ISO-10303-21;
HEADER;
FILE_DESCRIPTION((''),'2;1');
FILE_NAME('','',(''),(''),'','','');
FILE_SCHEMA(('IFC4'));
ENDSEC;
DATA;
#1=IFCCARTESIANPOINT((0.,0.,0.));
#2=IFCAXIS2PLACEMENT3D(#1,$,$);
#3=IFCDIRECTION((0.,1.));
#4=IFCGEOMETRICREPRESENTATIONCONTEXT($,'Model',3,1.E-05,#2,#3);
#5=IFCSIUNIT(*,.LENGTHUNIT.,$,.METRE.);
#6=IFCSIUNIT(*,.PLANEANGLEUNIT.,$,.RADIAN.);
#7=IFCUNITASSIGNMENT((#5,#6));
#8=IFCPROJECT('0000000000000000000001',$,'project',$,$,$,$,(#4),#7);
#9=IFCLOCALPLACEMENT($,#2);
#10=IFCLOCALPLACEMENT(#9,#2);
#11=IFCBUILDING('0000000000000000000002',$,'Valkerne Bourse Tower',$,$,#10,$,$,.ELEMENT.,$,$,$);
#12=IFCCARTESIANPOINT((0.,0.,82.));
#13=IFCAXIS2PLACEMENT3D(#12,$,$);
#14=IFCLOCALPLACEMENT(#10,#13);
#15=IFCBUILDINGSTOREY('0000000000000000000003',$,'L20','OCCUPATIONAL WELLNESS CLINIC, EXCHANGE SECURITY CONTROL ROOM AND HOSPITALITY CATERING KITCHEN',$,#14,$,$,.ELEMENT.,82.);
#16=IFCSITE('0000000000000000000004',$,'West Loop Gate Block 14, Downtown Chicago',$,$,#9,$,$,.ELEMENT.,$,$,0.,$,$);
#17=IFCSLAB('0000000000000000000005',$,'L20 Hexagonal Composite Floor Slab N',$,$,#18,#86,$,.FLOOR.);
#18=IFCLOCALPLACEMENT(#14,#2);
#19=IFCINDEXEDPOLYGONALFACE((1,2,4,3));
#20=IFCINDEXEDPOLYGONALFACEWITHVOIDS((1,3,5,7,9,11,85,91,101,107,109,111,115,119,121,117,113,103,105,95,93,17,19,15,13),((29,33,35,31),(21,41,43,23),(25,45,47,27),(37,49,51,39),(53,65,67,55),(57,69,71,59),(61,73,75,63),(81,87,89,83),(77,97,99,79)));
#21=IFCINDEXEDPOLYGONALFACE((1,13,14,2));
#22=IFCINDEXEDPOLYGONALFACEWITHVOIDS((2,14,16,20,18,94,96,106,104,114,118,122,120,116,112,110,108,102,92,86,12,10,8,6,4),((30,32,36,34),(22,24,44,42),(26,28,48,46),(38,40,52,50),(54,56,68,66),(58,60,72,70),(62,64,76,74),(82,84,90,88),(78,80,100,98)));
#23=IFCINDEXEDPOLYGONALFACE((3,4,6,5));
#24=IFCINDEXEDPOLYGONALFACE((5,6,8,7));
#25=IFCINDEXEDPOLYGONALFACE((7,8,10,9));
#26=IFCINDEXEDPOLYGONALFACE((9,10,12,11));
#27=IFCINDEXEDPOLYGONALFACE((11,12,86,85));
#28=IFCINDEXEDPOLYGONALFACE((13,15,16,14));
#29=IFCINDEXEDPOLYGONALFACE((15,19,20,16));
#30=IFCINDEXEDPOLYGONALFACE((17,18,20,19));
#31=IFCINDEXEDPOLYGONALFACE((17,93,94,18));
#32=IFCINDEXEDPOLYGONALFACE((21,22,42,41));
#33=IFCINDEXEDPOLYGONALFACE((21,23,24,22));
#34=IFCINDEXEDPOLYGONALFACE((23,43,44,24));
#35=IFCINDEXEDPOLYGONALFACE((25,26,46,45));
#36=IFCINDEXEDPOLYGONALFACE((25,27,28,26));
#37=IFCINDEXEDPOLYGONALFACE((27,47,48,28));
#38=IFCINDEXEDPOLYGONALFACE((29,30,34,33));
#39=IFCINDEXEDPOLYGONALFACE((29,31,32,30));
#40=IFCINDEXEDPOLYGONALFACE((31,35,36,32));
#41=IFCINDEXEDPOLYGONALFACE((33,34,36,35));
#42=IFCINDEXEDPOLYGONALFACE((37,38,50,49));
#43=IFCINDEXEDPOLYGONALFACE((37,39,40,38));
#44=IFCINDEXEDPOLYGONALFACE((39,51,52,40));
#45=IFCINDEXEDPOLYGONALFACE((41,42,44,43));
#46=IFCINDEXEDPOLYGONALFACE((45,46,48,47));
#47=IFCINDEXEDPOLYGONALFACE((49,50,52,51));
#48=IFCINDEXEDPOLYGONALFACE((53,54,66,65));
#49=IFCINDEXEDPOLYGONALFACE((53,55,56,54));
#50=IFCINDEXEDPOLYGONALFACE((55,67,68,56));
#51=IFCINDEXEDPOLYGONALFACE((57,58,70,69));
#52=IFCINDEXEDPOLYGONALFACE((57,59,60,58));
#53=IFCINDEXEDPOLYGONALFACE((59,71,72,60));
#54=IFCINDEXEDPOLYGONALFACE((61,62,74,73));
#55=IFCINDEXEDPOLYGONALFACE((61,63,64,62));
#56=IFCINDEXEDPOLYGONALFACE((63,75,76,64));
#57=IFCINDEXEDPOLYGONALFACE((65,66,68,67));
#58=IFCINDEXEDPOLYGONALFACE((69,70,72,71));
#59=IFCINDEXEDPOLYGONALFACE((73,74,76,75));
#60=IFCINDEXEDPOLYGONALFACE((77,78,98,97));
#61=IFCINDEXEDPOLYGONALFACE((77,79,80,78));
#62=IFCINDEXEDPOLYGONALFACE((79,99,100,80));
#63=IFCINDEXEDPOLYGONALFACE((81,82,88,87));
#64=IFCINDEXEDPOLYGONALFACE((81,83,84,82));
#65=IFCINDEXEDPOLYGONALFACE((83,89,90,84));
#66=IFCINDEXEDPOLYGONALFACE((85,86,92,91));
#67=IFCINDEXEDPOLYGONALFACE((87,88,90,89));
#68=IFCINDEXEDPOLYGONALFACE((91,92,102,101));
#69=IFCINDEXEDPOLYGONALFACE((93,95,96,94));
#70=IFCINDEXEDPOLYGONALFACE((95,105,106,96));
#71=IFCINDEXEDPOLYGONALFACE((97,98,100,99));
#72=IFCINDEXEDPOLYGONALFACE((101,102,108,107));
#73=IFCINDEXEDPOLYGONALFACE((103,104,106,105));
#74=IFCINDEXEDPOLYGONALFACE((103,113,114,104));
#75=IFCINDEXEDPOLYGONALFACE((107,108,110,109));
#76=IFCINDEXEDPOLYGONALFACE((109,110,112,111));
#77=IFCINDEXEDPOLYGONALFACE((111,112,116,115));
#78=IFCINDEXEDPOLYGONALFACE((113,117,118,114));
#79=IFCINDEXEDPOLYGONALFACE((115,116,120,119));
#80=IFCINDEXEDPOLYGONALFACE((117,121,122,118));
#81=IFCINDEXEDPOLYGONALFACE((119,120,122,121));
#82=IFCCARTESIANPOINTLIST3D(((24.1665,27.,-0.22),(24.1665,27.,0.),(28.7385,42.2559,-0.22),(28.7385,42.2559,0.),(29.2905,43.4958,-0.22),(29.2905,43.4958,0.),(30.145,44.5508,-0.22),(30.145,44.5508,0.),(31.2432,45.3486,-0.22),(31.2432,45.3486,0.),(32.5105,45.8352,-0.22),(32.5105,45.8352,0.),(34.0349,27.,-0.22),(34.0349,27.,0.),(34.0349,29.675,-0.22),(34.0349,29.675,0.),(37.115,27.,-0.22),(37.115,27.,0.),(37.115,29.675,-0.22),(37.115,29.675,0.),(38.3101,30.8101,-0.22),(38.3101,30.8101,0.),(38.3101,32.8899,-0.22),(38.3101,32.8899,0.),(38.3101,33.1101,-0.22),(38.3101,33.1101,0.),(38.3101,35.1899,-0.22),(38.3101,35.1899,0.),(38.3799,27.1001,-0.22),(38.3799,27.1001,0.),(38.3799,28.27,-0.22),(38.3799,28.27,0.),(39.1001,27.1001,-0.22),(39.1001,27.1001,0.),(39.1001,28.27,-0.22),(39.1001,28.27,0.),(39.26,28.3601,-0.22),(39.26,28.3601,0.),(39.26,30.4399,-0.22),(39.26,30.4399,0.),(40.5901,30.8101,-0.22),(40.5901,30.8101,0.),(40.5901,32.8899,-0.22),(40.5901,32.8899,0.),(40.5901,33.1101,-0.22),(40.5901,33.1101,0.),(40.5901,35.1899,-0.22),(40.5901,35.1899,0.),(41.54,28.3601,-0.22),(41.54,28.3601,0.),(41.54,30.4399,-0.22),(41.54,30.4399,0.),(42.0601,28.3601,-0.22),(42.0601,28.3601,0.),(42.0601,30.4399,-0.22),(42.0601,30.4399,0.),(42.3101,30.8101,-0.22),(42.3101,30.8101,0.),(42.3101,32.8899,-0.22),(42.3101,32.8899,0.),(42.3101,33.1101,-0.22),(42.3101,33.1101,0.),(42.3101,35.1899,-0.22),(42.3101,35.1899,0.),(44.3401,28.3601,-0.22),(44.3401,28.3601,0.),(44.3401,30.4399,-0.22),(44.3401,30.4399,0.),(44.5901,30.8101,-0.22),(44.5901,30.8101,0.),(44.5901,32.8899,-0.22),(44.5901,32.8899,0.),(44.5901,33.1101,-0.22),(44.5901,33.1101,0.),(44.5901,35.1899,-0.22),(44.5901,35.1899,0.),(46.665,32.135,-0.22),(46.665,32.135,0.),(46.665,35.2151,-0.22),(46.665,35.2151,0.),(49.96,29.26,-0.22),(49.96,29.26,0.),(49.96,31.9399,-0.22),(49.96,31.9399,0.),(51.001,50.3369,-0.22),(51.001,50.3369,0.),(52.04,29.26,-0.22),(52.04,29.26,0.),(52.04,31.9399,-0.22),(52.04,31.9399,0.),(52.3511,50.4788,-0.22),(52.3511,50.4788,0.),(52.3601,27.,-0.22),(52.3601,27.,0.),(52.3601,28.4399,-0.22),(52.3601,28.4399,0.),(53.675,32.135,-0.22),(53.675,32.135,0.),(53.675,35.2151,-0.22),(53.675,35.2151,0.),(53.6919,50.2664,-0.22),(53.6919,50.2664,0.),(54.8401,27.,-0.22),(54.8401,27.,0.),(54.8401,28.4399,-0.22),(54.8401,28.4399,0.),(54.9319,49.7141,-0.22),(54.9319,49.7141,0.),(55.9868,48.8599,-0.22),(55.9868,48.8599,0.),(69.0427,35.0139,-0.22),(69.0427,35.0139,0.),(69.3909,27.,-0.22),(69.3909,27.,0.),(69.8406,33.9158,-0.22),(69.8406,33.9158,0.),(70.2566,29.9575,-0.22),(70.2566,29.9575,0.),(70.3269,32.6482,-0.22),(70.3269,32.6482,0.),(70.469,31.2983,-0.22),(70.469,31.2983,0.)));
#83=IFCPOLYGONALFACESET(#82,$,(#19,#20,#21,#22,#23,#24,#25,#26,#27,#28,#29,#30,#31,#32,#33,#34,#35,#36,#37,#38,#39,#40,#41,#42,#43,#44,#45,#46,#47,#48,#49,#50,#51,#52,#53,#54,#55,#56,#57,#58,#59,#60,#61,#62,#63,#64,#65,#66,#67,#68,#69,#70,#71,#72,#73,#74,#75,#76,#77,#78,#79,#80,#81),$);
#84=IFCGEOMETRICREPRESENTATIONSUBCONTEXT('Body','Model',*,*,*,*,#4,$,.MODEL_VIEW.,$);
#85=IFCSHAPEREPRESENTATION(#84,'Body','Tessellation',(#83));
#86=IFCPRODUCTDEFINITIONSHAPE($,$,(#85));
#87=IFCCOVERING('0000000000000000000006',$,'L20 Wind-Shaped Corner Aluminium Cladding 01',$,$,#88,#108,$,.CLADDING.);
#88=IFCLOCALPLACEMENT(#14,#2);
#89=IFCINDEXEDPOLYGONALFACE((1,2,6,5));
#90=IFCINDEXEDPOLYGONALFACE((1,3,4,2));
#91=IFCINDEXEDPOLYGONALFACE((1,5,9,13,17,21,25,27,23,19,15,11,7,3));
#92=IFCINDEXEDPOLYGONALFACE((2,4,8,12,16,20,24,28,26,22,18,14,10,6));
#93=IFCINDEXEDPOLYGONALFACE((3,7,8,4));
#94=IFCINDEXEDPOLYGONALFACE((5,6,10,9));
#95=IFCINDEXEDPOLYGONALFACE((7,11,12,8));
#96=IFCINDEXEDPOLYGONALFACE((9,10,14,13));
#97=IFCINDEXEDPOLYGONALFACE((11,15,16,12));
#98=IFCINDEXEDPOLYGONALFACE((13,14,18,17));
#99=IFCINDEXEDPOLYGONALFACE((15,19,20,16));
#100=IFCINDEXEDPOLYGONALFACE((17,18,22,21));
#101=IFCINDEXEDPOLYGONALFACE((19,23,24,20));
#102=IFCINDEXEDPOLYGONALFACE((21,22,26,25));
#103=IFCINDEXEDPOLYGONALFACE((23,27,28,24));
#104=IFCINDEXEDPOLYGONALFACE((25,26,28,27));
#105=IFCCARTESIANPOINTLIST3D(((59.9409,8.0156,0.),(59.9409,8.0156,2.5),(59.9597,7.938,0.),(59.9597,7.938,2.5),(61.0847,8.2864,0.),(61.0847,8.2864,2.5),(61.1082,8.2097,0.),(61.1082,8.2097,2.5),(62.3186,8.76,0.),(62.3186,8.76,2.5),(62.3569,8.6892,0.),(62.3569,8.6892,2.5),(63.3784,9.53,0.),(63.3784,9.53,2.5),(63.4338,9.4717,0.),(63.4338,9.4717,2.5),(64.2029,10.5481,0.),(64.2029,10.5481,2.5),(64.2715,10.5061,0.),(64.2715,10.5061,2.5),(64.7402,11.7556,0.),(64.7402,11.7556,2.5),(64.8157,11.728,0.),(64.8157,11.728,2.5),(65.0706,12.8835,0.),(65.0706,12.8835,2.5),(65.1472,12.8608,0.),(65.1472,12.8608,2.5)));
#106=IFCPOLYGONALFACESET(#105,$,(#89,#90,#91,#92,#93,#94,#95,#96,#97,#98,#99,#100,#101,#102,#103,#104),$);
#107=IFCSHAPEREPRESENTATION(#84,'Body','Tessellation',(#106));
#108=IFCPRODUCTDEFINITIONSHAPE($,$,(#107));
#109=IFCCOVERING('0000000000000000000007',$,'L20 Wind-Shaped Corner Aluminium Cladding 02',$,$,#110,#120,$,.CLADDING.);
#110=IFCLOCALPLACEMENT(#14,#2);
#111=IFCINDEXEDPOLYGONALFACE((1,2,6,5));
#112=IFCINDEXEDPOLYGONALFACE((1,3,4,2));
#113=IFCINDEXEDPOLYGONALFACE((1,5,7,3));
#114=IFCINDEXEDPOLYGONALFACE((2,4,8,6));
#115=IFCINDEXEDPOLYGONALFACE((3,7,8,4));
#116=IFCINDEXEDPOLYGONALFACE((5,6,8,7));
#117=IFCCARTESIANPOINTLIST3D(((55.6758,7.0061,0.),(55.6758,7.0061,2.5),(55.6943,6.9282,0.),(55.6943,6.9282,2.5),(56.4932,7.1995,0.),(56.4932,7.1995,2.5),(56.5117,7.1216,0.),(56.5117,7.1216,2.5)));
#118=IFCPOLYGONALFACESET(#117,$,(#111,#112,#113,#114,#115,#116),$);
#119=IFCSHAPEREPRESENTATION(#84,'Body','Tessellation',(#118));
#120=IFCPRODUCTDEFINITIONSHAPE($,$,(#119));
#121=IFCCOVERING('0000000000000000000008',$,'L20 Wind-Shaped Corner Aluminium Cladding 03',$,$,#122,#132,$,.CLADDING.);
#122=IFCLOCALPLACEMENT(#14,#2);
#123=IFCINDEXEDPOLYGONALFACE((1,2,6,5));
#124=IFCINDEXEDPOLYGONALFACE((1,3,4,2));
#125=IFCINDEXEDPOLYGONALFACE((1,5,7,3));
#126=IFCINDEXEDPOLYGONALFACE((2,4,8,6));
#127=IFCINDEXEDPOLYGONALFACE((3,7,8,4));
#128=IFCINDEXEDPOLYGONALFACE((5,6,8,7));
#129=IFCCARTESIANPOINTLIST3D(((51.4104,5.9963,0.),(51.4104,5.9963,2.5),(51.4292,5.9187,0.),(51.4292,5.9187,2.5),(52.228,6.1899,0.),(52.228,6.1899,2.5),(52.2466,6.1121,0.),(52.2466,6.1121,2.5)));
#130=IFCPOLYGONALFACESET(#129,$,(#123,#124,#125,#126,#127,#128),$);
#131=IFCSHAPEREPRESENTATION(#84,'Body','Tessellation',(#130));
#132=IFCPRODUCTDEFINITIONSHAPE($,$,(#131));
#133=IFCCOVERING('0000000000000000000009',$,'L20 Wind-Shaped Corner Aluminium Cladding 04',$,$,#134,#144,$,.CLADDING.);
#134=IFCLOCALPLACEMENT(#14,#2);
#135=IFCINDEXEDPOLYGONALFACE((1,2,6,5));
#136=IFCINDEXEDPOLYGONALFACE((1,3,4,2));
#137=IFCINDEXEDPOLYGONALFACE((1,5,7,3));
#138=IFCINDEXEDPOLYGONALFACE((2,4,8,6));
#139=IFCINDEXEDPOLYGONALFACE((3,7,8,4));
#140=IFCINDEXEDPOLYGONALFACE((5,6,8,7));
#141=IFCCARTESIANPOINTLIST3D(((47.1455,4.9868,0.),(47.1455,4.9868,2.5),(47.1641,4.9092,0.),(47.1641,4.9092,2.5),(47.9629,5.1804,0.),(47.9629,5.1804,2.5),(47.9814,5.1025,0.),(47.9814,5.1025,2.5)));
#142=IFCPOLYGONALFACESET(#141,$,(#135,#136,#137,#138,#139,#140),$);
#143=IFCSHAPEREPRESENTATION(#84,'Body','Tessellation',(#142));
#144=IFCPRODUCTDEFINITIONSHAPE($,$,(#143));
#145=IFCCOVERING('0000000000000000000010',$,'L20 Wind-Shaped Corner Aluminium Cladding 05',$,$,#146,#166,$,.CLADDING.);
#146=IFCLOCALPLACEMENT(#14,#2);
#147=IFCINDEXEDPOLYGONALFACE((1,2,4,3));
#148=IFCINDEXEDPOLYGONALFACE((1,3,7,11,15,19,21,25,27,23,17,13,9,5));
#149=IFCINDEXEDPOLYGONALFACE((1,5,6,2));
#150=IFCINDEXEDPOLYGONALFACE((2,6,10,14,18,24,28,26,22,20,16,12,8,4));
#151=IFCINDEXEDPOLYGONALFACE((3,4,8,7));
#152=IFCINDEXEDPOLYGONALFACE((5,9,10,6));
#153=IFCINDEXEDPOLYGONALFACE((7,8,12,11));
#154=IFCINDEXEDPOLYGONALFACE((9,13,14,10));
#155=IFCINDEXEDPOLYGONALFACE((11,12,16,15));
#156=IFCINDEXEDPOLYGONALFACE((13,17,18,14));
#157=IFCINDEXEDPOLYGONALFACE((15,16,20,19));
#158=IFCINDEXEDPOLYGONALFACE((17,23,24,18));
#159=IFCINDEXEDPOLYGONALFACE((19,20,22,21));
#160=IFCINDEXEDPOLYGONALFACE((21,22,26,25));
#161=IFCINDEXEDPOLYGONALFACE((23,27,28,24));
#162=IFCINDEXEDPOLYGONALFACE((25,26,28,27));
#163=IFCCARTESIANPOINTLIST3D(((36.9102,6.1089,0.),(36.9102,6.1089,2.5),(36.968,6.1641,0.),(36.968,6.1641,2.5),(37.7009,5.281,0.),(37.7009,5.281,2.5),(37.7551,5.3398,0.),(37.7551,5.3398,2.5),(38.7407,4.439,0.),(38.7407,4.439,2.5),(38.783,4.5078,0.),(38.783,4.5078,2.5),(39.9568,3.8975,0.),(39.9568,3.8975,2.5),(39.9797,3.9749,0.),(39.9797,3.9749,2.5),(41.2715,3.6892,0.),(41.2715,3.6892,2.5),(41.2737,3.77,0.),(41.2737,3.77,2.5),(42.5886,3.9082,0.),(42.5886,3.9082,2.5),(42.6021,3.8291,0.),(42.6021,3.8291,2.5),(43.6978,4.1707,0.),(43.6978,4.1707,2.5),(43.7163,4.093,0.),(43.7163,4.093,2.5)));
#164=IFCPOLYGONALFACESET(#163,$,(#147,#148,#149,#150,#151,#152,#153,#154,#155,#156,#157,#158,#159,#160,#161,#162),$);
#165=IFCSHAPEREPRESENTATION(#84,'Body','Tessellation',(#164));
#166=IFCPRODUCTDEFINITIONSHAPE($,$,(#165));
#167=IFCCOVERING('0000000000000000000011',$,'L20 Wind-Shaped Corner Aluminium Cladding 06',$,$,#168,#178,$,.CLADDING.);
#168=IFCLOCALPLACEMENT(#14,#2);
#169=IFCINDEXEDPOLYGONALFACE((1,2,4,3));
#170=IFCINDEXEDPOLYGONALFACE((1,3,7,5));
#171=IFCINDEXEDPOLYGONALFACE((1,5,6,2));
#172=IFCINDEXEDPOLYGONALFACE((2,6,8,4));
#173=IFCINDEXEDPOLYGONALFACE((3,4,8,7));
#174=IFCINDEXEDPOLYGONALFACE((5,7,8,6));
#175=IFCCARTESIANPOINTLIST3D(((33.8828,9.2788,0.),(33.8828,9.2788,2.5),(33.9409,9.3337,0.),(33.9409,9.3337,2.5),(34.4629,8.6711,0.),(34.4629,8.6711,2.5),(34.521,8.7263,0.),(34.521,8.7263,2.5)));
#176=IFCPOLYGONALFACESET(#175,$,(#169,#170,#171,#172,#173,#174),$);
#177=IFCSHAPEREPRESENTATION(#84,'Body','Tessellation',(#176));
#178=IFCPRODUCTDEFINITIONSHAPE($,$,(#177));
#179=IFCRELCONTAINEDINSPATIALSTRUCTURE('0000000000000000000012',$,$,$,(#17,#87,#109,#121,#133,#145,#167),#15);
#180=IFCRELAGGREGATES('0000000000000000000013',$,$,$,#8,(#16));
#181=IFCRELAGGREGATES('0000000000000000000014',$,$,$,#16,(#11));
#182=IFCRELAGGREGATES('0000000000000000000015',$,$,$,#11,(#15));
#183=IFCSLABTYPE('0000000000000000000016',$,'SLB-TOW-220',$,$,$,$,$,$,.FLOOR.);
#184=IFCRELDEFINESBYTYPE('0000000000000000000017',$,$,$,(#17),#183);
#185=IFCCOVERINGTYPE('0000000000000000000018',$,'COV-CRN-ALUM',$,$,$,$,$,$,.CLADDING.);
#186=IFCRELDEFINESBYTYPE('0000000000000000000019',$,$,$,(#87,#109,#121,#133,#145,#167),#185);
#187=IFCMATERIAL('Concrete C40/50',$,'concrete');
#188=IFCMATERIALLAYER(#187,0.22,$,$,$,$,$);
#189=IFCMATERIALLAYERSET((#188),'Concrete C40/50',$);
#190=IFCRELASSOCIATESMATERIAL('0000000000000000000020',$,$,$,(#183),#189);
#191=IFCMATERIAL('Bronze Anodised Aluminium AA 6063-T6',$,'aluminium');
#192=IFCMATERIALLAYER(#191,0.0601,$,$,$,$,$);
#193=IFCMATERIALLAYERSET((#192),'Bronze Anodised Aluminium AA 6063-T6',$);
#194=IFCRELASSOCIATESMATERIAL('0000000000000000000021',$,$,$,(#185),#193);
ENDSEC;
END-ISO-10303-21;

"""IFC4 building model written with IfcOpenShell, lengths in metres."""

from ifc_helpers import new_model, si_unit, direction, frame, origin, place, context, subcontext, project, spatial, polyline, outline, extrude, material, layer, layer_set, type_object, element, save


model = new_model("IFC4")

# Units and contexts
model_context = context("Model", 3, precision=1e-05, world=origin(), true_north=direction((0.0, 1.0)))
body_context = subcontext(model_context, "Body", "Model", "MODEL_VIEW")
ifc_project = project(units=[si_unit("LENGTHUNIT", "METRE"), si_unit("PLANEANGLEUNIT", "RADIAN")], contexts=[model_context])

# Site, building, storey
site_placement = place(None, origin())
site = spatial("IfcSite", under=ifc_project, at=site_placement, Name="West Loop Gate Block 14, Downtown Chicago", CompositionType="ELEMENT", RefElevation=0.0)
building_placement = place(site_placement, origin())
building = spatial("IfcBuilding", under=site, at=building_placement, Name="Valkerne Bourse Tower", CompositionType="ELEMENT")
storey_placement = place(building_placement, frame((0.0, 0.0, 82.0)))
storey = spatial("IfcBuildingStorey", under=building, at=storey_placement, Name="L20", Description="OCCUPATIONAL WELLNESS CLINIC, EXCHANGE SECURITY CONTROL ROOM AND HOSPITALITY CATERING KITCHEN", CompositionType="ELEMENT", Elevation=82.0)

# Slab
ifc_material_1 = material(Name="Concrete C40/50", Category="concrete")
ifc_layer_1 = layer(ifc_material_1, 0.22)
ifc_layer_set_1 = layer_set([ifc_layer_1], Name="Concrete C40/50")
slab_type_1 = type_object("IfcSlabType", Name="SLB-TOW-220", PredefinedType="FLOOR", material=ifc_layer_set_1)
slab_1_placement = place(storey_placement, frame((0.0, 0.0, -0.22)))
element("IfcSlab", 1, at=slab_1_placement, inside=storey, type_object=slab_type_1, Name="L20 Hexagonal Composite Floor Slab N", PredefinedType="FLOOR", context=body_context, shape_type="SweptSolid", body=[
    extrude(outline(polyline([(28.7385, 42.2559), (29.2905, 43.4958), (30.145, 44.5508), (31.2432, 45.3486), (32.5105, 45.8352), (51.001, 50.3369), (52.3511, 50.4788), (53.6919, 50.2664), (54.9319, 49.7141), (55.9868, 48.8599), (69.0427, 35.0139), (69.8406, 33.9158), (70.3269, 32.6482), (70.469, 31.2983), (70.2566, 29.9575), (69.3909, 27.0), (54.8401, 27.0), (54.8401, 28.4399), (52.3601, 28.4399), (52.3601, 27.0), (37.115, 27.0), (37.115, 29.675), (34.0349, 29.675), (34.0349, 27.0), (24.1665, 27.0), (28.7385, 42.2559)]), holes=[polyline([(39.1001, 28.27), (38.3799, 28.27), (38.3799, 27.1001), (39.1001, 27.1001), (39.1001, 28.27)]), polyline([(41.54, 30.4399), (39.26, 30.4399), (39.26, 28.3601), (41.54, 28.3601), (41.54, 30.4399)]), polyline([(44.3401, 30.4399), (42.0601, 30.4399), (42.0601, 28.3601), (44.3401, 28.3601), (44.3401, 30.4399)]), polyline([(40.5901, 30.8101), (40.5901, 32.8899), (38.3101, 32.8899), (38.3101, 30.8101), (40.5901, 30.8101)]), polyline([(40.5901, 33.1101), (40.5901, 35.1899), (38.3101, 35.1899), (38.3101, 33.1101), (40.5901, 33.1101)]), polyline([(52.04, 31.9399), (49.96, 31.9399), (49.96, 29.26), (52.04, 29.26), (52.04, 31.9399)]), polyline([(44.5901, 32.8899), (42.3101, 32.8899), (42.3101, 30.8101), (44.5901, 30.8101), (44.5901, 32.8899)]), polyline([(53.675, 32.135), (53.675, 35.2151), (46.665, 35.2151), (46.665, 32.135), (53.675, 32.135)]), polyline([(44.5901, 33.1101), (44.5901, 35.1899), (42.3101, 35.1899), (42.3101, 33.1101), (44.5901, 33.1101)])]), origin(), (0.0, 0.0, 1.0), 0.22),
])

# Coverings
ifc_material_2 = material(Name="Bronze Anodised Aluminium AA 6063-T6", Category="aluminium")
ifc_layer_2 = layer(ifc_material_2, 0.0601)
ifc_layer_set_2 = layer_set([ifc_layer_2], Name="Bronze Anodised Aluminium AA 6063-T6")
covering_type = type_object("IfcCoveringType", Name="COV-CRN-ALUM", PredefinedType="CLADDING", material=ifc_layer_set_2)
covering_1_placement = place(storey_placement, origin())
element("IfcCovering", 2, at=covering_1_placement, inside=storey, type_object=covering_type, Name="L20 Wind-Shaped Corner Aluminium Cladding 01", PredefinedType="CLADDING", context=body_context, shape_type="SweptSolid", body=[
    extrude(outline(polyline([(64.2715, 10.5061), (63.4338, 9.4717), (62.3569, 8.6892), (61.1082, 8.2097), (59.9597, 7.938), (59.9409, 8.0156), (61.0847, 8.2864), (62.3186, 8.76), (63.3784, 9.53), (64.2029, 10.5481), (64.7402, 11.7556), (65.0706, 12.8835), (65.1472, 12.8608), (64.8157, 11.728), (64.2715, 10.5061)])), origin(), (0.0, 0.0, 1.0), 2.5),
])
covering_2_placement = place(storey_placement, origin())
element("IfcCovering", 3, at=covering_2_placement, inside=storey, type_object=covering_type, Name="L20 Wind-Shaped Corner Aluminium Cladding 02", PredefinedType="CLADDING", context=body_context, shape_type="SweptSolid", body=[
    extrude(outline(polyline([(55.6943, 6.9282), (55.6758, 7.0061), (56.4932, 7.1995), (56.5117, 7.1216), (55.6943, 6.9282)])), origin(), (0.0, 0.0, 1.0), 2.5),
])
covering_3_placement = place(storey_placement, origin())
element("IfcCovering", 4, at=covering_3_placement, inside=storey, type_object=covering_type, Name="L20 Wind-Shaped Corner Aluminium Cladding 03", PredefinedType="CLADDING", context=body_context, shape_type="SweptSolid", body=[
    extrude(outline(polyline([(51.4292, 5.9187), (51.4104, 5.9963), (52.228, 6.1899), (52.2466, 6.1121), (51.4292, 5.9187)])), origin(), (0.0, 0.0, 1.0), 2.5),
])
covering_4_placement = place(storey_placement, origin())
element("IfcCovering", 5, at=covering_4_placement, inside=storey, type_object=covering_type, Name="L20 Wind-Shaped Corner Aluminium Cladding 04", PredefinedType="CLADDING", context=body_context, shape_type="SweptSolid", body=[
    extrude(outline(polyline([(47.1641, 4.9092), (47.1455, 4.9868), (47.9629, 5.1804), (47.9814, 5.1025), (47.1641, 4.9092)])), origin(), (0.0, 0.0, 1.0), 2.5),
])
covering_5_placement = place(storey_placement, origin())
element("IfcCovering", 6, at=covering_5_placement, inside=storey, type_object=covering_type, Name="L20 Wind-Shaped Corner Aluminium Cladding 05", PredefinedType="CLADDING", context=body_context, shape_type="SweptSolid", body=[
    extrude(outline(polyline([(42.6021, 3.8291), (41.2715, 3.6892), (39.9568, 3.8975), (38.7407, 4.439), (37.7009, 5.281), (36.9102, 6.1089), (36.968, 6.1641), (37.7551, 5.3398), (38.783, 4.5078), (39.9797, 3.9749), (41.2737, 3.77), (42.5886, 3.9082), (43.6978, 4.1707), (43.7163, 4.093), (42.6021, 3.8291)])), origin(), (0.0, 0.0, 1.0), 2.5),
])
covering_6_placement = place(storey_placement, origin())
element("IfcCovering", 7, at=covering_6_placement, inside=storey, type_object=covering_type, Name="L20 Wind-Shaped Corner Aluminium Cladding 06", PredefinedType="CLADDING", context=body_context, shape_type="SweptSolid", body=[
    extrude(outline(polyline([(33.8828, 9.2788), (33.9409, 9.3337), (34.521, 8.7263), (34.4629, 8.6711), (33.8828, 9.2788)])), origin(), (0.0, 0.0, 1.0), 2.5),
])

save(model, "model.ifc")
